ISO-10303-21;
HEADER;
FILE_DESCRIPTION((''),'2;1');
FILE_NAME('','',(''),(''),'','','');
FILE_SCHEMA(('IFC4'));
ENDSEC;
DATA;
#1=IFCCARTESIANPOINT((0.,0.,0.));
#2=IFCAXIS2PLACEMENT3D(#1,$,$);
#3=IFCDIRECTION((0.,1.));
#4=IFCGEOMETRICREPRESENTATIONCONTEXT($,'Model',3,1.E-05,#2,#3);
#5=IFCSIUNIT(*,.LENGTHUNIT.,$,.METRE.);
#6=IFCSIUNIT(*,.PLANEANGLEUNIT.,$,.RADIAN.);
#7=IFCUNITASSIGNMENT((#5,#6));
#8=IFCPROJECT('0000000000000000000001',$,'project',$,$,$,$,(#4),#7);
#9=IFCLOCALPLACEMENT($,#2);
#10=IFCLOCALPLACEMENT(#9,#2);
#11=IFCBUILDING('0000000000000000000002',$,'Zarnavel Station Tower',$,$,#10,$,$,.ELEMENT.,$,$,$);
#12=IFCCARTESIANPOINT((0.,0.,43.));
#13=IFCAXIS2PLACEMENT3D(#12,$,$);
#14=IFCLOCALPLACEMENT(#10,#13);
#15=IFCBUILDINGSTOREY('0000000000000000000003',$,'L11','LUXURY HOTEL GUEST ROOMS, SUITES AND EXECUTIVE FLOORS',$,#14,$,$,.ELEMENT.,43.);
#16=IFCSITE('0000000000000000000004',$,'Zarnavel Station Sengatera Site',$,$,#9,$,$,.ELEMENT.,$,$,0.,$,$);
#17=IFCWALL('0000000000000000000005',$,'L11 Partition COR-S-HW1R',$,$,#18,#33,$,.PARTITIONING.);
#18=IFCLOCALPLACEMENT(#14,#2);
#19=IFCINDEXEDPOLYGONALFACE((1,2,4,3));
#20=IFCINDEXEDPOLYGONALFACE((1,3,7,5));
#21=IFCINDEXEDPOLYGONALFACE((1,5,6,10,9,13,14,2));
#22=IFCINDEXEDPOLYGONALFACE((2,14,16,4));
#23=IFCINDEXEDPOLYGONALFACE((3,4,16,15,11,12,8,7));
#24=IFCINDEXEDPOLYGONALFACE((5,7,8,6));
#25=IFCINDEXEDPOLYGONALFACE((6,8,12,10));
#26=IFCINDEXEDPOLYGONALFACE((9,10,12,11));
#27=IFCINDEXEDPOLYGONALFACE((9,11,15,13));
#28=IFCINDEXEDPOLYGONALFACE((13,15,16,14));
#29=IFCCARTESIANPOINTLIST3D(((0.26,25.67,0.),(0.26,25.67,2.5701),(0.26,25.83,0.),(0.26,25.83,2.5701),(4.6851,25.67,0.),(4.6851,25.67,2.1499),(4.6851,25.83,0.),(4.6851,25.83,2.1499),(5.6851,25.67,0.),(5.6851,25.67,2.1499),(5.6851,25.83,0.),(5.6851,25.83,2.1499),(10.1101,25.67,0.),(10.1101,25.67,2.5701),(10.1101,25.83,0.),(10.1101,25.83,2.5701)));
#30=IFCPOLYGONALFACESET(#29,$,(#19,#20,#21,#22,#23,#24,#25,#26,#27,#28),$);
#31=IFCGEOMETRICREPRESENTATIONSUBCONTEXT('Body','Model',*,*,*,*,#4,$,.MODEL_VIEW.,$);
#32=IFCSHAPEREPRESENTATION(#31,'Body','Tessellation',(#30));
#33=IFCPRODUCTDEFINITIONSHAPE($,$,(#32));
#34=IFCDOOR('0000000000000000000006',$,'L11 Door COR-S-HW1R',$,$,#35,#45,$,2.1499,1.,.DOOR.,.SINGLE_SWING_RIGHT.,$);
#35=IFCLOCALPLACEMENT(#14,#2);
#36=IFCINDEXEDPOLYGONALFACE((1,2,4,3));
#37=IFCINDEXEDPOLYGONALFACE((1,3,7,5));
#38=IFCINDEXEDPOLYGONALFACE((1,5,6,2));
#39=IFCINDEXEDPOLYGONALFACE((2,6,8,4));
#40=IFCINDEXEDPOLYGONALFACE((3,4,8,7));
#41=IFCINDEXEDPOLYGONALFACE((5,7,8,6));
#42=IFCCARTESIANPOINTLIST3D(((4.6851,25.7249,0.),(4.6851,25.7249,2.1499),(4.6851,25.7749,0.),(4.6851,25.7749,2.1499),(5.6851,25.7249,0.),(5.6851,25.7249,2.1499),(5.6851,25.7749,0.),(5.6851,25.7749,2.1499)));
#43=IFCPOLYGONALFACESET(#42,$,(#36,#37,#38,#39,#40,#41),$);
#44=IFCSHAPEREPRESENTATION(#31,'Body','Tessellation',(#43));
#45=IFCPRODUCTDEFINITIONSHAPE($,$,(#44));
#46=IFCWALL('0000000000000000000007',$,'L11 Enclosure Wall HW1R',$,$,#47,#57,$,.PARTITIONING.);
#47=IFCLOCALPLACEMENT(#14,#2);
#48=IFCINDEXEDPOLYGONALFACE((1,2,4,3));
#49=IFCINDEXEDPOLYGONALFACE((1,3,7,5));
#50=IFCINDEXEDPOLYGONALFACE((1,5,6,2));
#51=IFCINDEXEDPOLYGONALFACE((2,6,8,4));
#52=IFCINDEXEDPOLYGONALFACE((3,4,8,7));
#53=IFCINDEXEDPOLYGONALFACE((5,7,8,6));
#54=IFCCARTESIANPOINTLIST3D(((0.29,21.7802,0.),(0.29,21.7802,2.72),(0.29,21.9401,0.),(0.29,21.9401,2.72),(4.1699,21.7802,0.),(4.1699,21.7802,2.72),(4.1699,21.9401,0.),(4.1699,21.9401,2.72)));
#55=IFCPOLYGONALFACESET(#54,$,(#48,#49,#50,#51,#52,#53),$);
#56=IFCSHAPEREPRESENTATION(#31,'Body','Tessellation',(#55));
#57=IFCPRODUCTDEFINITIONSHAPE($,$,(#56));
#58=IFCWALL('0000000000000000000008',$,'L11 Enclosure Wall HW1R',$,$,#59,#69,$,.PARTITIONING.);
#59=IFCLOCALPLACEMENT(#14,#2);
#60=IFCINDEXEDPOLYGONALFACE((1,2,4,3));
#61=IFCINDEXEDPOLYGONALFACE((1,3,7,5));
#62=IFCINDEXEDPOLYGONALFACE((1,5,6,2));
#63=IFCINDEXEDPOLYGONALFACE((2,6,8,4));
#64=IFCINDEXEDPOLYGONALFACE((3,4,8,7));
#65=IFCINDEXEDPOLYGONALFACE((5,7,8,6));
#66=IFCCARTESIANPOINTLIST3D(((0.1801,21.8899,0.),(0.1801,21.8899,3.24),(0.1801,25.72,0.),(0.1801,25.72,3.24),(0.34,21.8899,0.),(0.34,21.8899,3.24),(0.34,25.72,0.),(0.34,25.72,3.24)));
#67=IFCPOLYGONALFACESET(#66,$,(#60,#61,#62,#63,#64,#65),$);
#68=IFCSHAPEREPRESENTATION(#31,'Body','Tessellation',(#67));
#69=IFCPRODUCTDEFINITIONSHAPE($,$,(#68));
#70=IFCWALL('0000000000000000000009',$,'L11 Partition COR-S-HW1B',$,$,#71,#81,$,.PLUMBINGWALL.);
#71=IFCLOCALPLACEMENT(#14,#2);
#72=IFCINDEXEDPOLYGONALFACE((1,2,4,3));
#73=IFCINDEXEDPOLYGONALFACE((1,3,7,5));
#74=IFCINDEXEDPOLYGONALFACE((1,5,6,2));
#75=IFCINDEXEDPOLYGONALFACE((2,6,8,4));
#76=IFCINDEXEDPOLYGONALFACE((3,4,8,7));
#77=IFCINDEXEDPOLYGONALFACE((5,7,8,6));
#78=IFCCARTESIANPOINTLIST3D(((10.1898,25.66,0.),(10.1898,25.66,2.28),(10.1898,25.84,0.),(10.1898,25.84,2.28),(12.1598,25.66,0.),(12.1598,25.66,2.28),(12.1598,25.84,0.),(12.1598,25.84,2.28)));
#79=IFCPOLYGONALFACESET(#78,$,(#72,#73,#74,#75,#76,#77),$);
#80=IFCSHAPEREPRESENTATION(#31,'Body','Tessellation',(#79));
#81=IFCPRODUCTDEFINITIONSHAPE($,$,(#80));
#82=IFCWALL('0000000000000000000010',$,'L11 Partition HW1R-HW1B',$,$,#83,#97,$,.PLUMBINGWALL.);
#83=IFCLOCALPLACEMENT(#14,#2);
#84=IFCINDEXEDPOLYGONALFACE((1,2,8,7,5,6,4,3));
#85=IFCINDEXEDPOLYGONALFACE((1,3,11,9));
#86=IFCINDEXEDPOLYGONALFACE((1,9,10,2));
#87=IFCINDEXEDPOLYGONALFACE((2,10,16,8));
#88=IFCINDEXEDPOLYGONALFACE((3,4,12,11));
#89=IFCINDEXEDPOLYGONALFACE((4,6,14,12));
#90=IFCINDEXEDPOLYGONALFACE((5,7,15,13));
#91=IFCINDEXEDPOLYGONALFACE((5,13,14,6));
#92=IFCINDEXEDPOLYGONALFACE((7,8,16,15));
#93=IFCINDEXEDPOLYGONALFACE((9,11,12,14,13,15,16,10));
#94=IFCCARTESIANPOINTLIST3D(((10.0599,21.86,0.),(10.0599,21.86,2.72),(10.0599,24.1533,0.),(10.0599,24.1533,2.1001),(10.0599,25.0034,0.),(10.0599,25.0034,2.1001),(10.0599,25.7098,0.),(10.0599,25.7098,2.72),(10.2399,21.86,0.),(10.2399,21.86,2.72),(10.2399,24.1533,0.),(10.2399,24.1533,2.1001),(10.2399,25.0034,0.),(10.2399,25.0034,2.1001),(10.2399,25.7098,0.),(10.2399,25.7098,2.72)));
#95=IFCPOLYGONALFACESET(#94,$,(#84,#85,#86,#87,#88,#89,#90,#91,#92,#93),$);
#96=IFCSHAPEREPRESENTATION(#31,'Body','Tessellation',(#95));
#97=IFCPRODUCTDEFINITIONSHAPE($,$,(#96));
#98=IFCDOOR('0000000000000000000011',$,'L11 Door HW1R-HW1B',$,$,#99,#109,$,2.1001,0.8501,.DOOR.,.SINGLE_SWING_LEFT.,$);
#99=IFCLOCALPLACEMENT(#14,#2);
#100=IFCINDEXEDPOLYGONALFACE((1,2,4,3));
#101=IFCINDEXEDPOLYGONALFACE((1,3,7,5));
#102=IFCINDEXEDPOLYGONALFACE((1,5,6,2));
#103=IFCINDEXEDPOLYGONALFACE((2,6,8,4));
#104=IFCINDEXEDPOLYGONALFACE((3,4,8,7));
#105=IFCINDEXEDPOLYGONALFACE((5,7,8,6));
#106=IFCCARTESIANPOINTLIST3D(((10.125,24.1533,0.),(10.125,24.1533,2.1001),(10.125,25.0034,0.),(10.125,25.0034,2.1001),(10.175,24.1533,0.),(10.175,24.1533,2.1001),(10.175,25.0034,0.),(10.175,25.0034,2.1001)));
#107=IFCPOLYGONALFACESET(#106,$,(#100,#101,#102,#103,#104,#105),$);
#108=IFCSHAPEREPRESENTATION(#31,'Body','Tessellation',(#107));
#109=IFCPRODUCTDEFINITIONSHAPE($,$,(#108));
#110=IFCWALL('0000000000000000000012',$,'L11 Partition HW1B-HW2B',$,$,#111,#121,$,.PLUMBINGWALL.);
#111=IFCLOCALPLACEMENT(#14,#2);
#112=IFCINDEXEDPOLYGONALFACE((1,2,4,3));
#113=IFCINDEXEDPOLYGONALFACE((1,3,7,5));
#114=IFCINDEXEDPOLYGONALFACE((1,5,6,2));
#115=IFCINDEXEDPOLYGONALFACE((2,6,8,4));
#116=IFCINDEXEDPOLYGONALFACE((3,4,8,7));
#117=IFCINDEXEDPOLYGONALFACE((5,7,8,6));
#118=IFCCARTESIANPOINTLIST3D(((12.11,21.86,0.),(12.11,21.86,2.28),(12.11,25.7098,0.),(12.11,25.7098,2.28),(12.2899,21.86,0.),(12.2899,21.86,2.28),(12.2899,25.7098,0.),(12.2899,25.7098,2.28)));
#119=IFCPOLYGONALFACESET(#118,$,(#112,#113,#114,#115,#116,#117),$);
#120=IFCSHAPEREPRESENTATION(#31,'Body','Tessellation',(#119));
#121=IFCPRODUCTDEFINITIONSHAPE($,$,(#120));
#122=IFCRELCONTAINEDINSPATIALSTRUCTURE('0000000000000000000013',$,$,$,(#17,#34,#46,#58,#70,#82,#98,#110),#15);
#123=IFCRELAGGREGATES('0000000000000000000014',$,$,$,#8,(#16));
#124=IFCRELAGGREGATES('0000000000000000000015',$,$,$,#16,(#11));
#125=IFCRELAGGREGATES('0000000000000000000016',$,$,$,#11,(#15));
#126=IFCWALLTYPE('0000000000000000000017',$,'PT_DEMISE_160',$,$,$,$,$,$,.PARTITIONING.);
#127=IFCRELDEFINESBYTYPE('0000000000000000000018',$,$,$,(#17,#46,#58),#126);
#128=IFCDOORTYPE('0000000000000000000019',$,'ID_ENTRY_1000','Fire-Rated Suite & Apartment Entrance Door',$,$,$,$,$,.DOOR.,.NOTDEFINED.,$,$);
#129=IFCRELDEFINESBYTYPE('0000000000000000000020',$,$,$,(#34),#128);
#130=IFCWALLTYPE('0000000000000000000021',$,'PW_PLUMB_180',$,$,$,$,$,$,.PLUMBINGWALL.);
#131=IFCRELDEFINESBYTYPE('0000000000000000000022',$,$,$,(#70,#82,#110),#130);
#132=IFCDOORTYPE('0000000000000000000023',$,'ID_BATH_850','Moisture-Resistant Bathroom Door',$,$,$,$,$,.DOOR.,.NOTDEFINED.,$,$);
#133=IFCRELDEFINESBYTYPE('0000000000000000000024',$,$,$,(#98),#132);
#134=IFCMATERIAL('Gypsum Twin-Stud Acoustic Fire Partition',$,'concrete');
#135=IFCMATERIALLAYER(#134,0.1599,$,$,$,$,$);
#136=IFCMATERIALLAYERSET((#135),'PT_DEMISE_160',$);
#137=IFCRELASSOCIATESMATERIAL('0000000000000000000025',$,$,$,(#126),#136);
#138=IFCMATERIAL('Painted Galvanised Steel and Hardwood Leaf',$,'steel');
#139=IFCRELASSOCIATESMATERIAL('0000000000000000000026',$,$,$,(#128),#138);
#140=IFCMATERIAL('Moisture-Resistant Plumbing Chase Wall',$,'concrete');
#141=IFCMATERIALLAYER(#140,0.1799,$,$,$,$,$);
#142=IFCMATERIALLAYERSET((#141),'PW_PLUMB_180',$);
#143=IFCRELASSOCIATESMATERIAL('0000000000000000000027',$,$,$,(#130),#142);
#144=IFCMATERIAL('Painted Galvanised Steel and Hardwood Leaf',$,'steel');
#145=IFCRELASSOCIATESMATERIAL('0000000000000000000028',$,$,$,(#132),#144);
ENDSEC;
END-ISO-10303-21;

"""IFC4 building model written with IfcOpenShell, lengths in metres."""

from ifc_helpers import new_model, si_unit, direction, frame, frame_2d, origin, place, context, subcontext, project, spatial, rectangle, extrude, material, layer, layer_set, type_object, element, fill, save


model = new_model("IFC4")

# Units and contexts
model_context = context("Model", 3, precision=1e-05, world=origin(), true_north=direction((0.0, 1.0)))
body_context = subcontext(model_context, "Body", "Model", "MODEL_VIEW")
ifc_project = project(units=[si_unit("LENGTHUNIT", "METRE"), si_unit("PLANEANGLEUNIT", "RADIAN")], contexts=[model_context])

# Site, building, storey
site_placement = place(None, origin())
site = spatial("IfcSite", under=ifc_project, at=site_placement, Name="Zarnavel Station Sengatera Site", CompositionType="ELEMENT", RefElevation=0.0)
building_placement = place(site_placement, origin())
building = spatial("IfcBuilding", under=site, at=building_placement, Name="Zarnavel Station Tower", CompositionType="ELEMENT")
storey_placement = place(building_placement, frame((0.0, 0.0, 43.0)))
storey = spatial("IfcBuildingStorey", under=building, at=storey_placement, Name="L11", Description="LUXURY HOTEL GUEST ROOMS, SUITES AND EXECUTIVE FLOORS", CompositionType="ELEMENT", Elevation=43.0)

# Wall, opening, door
ifc_material_1 = material(Name="Gypsum Twin-Stud Acoustic Fire Partition", Category="concrete")
ifc_layer_1 = layer(ifc_material_1, 0.1599)
ifc_layer_set_1 = layer_set([ifc_layer_1], Name="PT_DEMISE_160")
wall_type_1 = type_object("IfcWallType", Name="PT_DEMISE_160", PredefinedType="PARTITIONING", material=ifc_layer_set_1)
wall_1_placement = place(storey_placement, frame((0.26, 25.75, 0.0), z_axis=(0.0, 0.0, 1.0), x_axis=(1.0, 0.0, 0.0)))
wall_1 = element("IfcWall", 1, at=wall_1_placement, inside=storey, type_object=wall_type_1, Name="L11 Partition COR-S-HW1R", PredefinedType="PARTITIONING", context=body_context, shape_type="SweptSolid", body=[
    extrude(rectangle(XDim=9.8501, YDim=0.1599, at=frame_2d((4.925, 0.0))), origin(), (0.0, 0.0, 1.0), 2.5701),
])
opening_1_placement = place(wall_1_placement, frame((4.425, 0.0, 0.0)))
opening_1 = element("IfcOpeningElement", 2, at=opening_1_placement, cuts=wall_1, PredefinedType="OPENING", context=body_context, shape_type="SweptSolid", body=[
    extrude(rectangle(XDim=1.0, YDim=2.1499, at=frame_2d((0.5, 1.075))), frame((0.0, 0.0898, 0.0), z_axis=(0.0, -1.0, 0.0), x_axis=(1.0, 0.0, 0.0)), (0.0, 0.0, 1.0), 0.1799),
])
ifc_material_2 = material(Name="Painted Galvanised Steel and Hardwood Leaf", Category="steel")
door_type_1 = type_object("IfcDoorType", Name="ID_ENTRY_1000", Description="Fire-Rated Suite & Apartment Entrance Door", OperationType="NOTDEFINED", PredefinedType="DOOR", material=ifc_material_2)
door_1_placement = place(opening_1_placement, origin())
door_1 = element("IfcDoor", 3, at=door_1_placement, inside=storey, type_object=door_type_1, Name="L11 Door COR-S-HW1R", OperationType="SINGLE_SWING_RIGHT", OverallHeight=2.1499, OverallWidth=1.0, PredefinedType="DOOR", context=body_context, shape_type="SweptSolid", body=[
    extrude(rectangle(XDim=1.0, YDim=2.1499, at=frame_2d((0.5, 1.075))), frame((0.0, 0.0249, 0.0), z_axis=(0.0, -1.0, 0.0), x_axis=(1.0, 0.0, 0.0)), (0.0, 0.0, 1.0), 0.05),
])
fill(opening_1, door_1)

# Walls
wall_2_placement = place(storey_placement, frame((0.29, 21.8601, 0.0), z_axis=(0.0, 0.0, 1.0), x_axis=(1.0, 0.0, 0.0)))
element("IfcWall", 4, at=wall_2_placement, inside=storey, type_object=wall_type_1, Name="L11 Enclosure Wall HW1R", PredefinedType="PARTITIONING", context=body_context, shape_type="SweptSolid", body=[
    extrude(rectangle(XDim=3.8799, YDim=0.1599, at=frame_2d((1.9399, 0.0))), origin(), (0.0, 0.0, 1.0), 2.72),
])
wall_3_placement = place(storey_placement, frame((0.26, 21.8899, 0.0), z_axis=(0.0, 0.0, 1.0), x_axis=(0.0, 1.0, 0.0)))
element("IfcWall", 5, at=wall_3_placement, inside=storey, type_object=wall_type_1, Name="L11 Enclosure Wall HW1R", PredefinedType="PARTITIONING", context=body_context, shape_type="SweptSolid", body=[
    extrude(rectangle(XDim=3.8301, YDim=0.1599, at=frame_2d((1.915, 0.0))), origin(), (0.0, 0.0, 1.0), 3.24),
])
ifc_material_3 = material(Name="Moisture-Resistant Plumbing Chase Wall", Category="concrete")
ifc_layer_2 = layer(ifc_material_3, 0.1799)
ifc_layer_set_2 = layer_set([ifc_layer_2], Name="PW_PLUMB_180")
wall_type_2 = type_object("IfcWallType", Name="PW_PLUMB_180", PredefinedType="PLUMBINGWALL", material=ifc_layer_set_2)
wall_4_placement = place(storey_placement, frame((10.1899, 25.75, 0.0), z_axis=(0.0, 0.0, 1.0), x_axis=(1.0, 0.0, 0.0)))
element("IfcWall", 6, at=wall_4_placement, inside=storey, type_object=wall_type_2, Name="L11 Partition COR-S-HW1B", PredefinedType="PLUMBINGWALL", context=body_context, shape_type="SweptSolid", body=[
    extrude(rectangle(XDim=1.97, YDim=0.1799, at=frame_2d((0.9849, 0.0))), origin(), (0.0, 0.0, 1.0), 2.28),
])

# Wall, opening, door
wall_5_placement = place(storey_placement, frame((10.1499, 21.8601, 0.0), z_axis=(0.0, 0.0, 1.0), x_axis=(0.0, 1.0, 0.0)))
wall_5 = element("IfcWall", 7, at=wall_5_placement, inside=storey, type_object=wall_type_2, Name="L11 Partition HW1R-HW1B", PredefinedType="PLUMBINGWALL", context=body_context, shape_type="SweptSolid", body=[
    extrude(rectangle(XDim=3.8499, YDim=0.1799, at=frame_2d((1.9248, 0.0))), origin(), (0.0, 0.0, 1.0), 2.72),
])
opening_2_placement = place(wall_5_placement, frame((2.2932, 0.0, 0.0)))
opening_2 = element("IfcOpeningElement", 8, at=opening_2_placement, cuts=wall_5, PredefinedType="OPENING", context=body_context, shape_type="SweptSolid", body=[
    extrude(rectangle(XDim=0.8501, YDim=2.1001, at=frame_2d((0.425, 1.05))), frame((0.0, 0.0999, 0.0), z_axis=(0.0, -1.0, 0.0), x_axis=(1.0, 0.0, 0.0)), (0.0, 0.0, 1.0), 0.2),
])
ifc_material_4 = material(Name="Painted Galvanised Steel and Hardwood Leaf", Category="steel")
door_type_2 = type_object("IfcDoorType", Name="ID_BATH_850", Description="Moisture-Resistant Bathroom Door", OperationType="NOTDEFINED", PredefinedType="DOOR", material=ifc_material_4)
door_2_placement = place(opening_2_placement, origin())
door_2 = element("IfcDoor", 9, at=door_2_placement, inside=storey, type_object=door_type_2, Name="L11 Door HW1R-HW1B", OperationType="SINGLE_SWING_LEFT", OverallHeight=2.1001, OverallWidth=0.8501, PredefinedType="DOOR", context=body_context, shape_type="SweptSolid", body=[
    extrude(rectangle(XDim=0.8501, YDim=2.1001, at=frame_2d((0.425, 1.05))), frame((0.0, 0.0249, 0.0), z_axis=(0.0, -1.0, 0.0), x_axis=(1.0, 0.0, 0.0)), (0.0, 0.0, 1.0), 0.05),
])
fill(opening_2, door_2)

# Wall
wall_6_placement = place(storey_placement, frame((12.2, 21.8601, 0.0), z_axis=(0.0, 0.0, 1.0), x_axis=(0.0, 1.0, 0.0)))
element("IfcWall", 10, at=wall_6_placement, inside=storey, type_object=wall_type_2, Name="L11 Partition HW1B-HW2B", PredefinedType="PLUMBINGWALL", context=body_context, shape_type="SweptSolid", body=[
    extrude(rectangle(XDim=3.8499, YDim=0.1799, at=frame_2d((1.9248, 0.0))), origin(), (0.0, 0.0, 1.0), 2.28),
])

save(model, "model.ifc")
